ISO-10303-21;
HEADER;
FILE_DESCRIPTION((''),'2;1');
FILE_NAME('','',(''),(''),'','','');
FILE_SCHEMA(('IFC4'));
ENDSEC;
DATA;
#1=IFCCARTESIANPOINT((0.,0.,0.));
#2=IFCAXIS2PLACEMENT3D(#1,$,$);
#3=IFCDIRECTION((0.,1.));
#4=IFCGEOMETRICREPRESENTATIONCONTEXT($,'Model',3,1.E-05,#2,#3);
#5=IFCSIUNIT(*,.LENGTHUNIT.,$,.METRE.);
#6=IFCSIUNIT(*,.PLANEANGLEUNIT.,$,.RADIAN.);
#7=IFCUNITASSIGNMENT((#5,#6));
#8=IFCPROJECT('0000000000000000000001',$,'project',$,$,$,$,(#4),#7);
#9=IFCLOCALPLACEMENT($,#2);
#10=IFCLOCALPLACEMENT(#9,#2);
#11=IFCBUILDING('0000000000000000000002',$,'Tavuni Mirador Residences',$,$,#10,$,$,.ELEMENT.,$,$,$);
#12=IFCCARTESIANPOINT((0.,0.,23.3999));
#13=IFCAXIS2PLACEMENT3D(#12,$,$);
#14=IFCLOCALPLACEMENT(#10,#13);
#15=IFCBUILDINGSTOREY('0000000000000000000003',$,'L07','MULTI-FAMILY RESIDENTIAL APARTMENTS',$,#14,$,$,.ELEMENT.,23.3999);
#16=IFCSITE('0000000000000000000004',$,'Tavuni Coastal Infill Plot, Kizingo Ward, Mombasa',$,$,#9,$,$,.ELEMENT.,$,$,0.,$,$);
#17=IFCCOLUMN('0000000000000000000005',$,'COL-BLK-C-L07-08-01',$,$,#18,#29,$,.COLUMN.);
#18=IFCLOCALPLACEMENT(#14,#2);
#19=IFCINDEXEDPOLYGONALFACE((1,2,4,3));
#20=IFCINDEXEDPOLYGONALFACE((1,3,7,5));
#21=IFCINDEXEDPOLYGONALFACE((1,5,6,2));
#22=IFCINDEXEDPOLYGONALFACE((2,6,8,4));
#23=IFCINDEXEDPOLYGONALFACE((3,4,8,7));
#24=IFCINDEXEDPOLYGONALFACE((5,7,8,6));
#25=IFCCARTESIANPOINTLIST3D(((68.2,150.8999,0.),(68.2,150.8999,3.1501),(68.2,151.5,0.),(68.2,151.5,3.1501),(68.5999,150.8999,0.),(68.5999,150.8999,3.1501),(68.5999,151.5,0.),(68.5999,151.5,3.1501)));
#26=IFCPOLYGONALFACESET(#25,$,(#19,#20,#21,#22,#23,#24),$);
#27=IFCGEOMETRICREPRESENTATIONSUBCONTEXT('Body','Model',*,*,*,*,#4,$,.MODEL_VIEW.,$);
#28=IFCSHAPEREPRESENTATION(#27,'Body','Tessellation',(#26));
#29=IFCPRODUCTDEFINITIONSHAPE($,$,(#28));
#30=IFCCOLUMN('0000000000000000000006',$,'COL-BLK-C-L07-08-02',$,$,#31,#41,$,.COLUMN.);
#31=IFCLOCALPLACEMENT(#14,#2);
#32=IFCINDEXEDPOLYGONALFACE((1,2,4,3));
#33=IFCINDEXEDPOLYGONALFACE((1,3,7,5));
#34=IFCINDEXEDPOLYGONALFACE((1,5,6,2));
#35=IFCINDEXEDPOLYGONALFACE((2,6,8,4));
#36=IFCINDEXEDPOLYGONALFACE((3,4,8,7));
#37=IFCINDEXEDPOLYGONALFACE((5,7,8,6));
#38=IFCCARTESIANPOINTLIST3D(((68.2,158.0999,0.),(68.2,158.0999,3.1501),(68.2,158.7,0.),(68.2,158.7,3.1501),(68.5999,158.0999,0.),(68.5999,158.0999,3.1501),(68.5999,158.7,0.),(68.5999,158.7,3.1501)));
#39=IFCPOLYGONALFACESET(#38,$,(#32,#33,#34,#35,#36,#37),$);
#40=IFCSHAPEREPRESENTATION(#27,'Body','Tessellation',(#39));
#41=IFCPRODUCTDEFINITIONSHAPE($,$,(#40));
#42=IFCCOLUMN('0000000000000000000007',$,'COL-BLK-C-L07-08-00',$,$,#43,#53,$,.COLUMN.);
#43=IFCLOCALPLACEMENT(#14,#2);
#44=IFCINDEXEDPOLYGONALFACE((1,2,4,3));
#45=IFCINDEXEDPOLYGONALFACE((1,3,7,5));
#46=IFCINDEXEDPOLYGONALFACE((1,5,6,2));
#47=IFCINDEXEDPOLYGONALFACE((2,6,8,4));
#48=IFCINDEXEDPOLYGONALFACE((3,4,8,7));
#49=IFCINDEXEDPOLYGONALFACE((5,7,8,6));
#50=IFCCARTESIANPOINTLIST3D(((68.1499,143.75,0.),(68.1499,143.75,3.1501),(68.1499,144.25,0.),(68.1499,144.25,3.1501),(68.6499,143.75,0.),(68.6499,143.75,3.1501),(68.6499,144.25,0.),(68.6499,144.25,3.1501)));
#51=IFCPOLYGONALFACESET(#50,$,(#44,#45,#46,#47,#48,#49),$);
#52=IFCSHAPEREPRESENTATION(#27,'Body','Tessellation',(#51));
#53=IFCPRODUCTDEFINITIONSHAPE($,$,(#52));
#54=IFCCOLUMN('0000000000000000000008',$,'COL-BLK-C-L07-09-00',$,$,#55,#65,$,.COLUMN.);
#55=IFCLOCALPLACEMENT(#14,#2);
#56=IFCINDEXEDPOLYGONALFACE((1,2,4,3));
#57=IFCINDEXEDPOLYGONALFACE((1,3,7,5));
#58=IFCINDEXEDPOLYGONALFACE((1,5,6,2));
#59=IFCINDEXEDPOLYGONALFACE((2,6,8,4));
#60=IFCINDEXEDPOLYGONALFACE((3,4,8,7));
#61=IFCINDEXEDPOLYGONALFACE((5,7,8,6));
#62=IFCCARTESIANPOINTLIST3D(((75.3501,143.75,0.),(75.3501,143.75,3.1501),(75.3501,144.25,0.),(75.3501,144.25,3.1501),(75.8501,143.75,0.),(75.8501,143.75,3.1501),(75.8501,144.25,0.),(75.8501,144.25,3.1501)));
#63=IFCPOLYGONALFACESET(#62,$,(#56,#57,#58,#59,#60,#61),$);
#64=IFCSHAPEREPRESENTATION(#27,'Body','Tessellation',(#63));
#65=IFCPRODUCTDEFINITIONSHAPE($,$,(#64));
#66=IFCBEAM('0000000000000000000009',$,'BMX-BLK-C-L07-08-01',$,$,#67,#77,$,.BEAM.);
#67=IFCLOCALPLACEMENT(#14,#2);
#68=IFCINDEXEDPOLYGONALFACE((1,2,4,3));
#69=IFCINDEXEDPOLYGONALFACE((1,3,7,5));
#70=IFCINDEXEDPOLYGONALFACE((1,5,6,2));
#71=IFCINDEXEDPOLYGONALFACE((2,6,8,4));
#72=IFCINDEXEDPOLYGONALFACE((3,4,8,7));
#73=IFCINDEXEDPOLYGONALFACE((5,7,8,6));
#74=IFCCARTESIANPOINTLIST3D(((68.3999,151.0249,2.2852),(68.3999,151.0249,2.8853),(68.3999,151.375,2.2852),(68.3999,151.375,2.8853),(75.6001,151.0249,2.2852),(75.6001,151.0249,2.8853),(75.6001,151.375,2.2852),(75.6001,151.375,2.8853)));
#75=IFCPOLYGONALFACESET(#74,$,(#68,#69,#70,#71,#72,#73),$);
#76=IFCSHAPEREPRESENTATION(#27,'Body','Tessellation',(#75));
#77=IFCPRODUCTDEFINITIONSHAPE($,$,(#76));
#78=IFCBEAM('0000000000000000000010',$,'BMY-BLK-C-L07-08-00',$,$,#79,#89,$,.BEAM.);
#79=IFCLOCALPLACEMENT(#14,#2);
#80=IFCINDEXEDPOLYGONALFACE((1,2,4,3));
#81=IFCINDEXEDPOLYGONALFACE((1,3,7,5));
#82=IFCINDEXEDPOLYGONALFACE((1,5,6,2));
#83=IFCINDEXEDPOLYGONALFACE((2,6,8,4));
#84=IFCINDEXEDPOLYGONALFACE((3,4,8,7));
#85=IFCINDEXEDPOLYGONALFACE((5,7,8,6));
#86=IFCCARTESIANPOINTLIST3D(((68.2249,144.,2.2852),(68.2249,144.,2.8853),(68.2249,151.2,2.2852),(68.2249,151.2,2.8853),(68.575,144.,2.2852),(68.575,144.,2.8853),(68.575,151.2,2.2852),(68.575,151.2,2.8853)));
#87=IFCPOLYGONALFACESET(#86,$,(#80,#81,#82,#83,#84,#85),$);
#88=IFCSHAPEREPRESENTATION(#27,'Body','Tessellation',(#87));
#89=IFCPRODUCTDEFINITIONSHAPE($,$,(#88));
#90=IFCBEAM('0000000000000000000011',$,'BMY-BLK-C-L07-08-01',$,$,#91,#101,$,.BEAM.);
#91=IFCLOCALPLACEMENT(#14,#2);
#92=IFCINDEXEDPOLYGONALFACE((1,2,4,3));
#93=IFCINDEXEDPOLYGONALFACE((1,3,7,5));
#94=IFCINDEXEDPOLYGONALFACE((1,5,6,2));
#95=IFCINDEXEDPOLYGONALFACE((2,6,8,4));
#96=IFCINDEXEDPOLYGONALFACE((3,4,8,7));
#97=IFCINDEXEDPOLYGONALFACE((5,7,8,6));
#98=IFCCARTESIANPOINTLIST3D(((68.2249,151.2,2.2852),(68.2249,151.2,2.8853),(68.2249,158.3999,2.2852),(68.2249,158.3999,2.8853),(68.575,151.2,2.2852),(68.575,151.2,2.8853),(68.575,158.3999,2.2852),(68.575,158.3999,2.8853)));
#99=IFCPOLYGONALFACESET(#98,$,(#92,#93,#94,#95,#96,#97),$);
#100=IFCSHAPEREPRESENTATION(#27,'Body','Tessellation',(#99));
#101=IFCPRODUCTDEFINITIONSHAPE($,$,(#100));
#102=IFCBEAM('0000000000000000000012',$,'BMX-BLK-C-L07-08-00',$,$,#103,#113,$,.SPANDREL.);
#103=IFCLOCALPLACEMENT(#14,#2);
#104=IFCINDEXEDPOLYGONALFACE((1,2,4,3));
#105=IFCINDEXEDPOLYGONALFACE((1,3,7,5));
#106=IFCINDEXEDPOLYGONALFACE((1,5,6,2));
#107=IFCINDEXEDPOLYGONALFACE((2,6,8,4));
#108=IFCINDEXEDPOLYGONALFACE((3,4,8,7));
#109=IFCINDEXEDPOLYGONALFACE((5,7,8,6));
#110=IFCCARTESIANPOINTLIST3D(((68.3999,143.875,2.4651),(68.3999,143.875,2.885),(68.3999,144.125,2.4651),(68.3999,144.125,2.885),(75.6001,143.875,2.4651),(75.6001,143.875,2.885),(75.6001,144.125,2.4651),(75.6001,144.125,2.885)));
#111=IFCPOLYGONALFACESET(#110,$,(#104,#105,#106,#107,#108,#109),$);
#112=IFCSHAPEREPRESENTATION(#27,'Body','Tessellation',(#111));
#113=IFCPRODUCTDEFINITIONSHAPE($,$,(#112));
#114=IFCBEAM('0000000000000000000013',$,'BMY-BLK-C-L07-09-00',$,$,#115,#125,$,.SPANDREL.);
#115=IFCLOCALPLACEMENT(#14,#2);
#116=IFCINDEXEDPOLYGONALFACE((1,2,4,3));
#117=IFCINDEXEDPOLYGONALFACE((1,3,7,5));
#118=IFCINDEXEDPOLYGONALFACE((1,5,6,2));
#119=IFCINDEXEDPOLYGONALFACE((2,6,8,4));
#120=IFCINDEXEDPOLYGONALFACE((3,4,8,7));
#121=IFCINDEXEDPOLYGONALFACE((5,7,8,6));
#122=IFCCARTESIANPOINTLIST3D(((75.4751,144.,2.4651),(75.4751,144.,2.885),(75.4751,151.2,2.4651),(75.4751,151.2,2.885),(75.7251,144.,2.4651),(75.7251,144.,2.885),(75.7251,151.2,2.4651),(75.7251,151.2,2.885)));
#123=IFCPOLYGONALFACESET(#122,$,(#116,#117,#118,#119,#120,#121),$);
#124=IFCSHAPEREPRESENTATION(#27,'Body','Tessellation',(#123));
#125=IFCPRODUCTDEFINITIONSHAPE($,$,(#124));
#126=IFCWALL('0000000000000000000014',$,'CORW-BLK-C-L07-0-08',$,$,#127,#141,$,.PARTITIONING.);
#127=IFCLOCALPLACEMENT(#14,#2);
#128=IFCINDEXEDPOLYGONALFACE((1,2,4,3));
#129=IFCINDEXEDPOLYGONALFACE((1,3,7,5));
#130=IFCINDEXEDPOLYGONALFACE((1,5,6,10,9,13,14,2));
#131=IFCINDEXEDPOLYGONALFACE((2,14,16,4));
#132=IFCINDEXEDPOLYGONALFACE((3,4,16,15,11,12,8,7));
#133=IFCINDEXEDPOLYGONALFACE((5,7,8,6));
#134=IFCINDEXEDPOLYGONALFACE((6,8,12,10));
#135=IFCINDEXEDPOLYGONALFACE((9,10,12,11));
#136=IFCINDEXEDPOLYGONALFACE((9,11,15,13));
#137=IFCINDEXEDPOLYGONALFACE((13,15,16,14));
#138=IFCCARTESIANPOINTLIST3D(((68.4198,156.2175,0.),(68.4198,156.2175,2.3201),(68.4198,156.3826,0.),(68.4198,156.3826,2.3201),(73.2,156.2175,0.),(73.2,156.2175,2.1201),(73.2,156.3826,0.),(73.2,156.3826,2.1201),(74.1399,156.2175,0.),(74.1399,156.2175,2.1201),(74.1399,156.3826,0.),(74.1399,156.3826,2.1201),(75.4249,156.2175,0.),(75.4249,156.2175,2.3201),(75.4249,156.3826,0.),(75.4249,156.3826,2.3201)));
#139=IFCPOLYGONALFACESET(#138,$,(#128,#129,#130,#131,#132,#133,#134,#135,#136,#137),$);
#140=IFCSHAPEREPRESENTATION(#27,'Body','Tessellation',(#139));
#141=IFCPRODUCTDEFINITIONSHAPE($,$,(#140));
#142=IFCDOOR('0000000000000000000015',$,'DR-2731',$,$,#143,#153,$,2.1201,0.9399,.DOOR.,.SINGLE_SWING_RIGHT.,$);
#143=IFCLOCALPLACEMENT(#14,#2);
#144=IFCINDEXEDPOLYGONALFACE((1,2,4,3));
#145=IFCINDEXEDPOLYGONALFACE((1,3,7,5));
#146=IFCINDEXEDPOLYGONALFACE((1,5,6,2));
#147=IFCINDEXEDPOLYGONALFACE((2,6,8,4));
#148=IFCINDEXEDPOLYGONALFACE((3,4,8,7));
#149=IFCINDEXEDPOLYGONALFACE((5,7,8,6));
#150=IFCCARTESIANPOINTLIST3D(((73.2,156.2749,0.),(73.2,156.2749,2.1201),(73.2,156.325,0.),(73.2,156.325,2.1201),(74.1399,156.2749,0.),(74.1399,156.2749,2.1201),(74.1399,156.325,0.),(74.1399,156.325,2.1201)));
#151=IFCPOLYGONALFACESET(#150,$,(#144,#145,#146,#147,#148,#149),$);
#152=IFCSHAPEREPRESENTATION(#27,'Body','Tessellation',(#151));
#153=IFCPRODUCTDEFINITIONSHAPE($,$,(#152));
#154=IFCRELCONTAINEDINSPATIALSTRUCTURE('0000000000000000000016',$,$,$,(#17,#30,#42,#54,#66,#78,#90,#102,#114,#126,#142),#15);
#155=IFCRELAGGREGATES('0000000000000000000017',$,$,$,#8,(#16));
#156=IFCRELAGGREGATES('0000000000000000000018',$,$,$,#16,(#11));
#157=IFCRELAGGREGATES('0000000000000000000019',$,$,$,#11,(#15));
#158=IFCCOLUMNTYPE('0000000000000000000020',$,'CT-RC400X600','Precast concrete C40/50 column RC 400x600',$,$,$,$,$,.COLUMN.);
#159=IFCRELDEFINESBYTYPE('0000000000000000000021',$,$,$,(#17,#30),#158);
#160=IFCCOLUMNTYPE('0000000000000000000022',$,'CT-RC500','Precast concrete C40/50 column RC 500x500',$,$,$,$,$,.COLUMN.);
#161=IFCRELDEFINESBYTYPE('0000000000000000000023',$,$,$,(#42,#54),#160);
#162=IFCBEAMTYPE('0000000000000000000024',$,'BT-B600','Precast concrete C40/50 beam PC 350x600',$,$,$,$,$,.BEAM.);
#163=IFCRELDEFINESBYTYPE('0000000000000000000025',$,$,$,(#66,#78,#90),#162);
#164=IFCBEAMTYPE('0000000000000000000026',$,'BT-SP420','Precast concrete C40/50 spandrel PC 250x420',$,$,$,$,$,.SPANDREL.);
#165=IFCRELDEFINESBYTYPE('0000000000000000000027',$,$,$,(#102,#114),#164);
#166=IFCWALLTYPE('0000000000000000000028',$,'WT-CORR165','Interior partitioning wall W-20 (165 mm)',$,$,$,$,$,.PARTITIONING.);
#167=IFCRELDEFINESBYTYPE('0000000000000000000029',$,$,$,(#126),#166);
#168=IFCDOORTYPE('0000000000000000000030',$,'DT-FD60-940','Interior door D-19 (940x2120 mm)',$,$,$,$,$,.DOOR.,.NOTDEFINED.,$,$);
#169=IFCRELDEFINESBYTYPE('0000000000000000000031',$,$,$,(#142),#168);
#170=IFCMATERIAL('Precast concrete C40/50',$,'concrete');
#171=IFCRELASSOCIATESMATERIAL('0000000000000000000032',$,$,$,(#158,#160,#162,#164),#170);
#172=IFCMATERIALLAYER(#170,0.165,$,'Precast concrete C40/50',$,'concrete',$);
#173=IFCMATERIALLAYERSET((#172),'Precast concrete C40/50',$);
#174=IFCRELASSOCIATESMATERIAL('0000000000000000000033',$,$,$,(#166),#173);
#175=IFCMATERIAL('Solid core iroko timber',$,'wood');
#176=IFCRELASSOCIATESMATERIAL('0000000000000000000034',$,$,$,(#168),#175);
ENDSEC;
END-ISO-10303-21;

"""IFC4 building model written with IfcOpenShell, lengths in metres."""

from ifc_helpers import new_model, si_unit, direction, frame, frame_2d, origin, origin_2d, place, context, subcontext, project, spatial, rectangle, extrude, material, layer, layer_set, material_profile, profile_set, type_object, element, fill, save


model = new_model("IFC4")

# Units and contexts
model_context = context("Model", 3, precision=1e-05, world=origin(), true_north=direction((0.0, 1.0)))
body_context = subcontext(model_context, "Body", "Model", "MODEL_VIEW")
ifc_project = project(units=[si_unit("LENGTHUNIT", "METRE"), si_unit("PLANEANGLEUNIT", "RADIAN")], contexts=[model_context])

# Site, building, storey
site_placement = place(None, origin())
site = spatial("IfcSite", under=ifc_project, at=site_placement, Name="Tavuni Coastal Infill Plot, Kizingo Ward, Mombasa", CompositionType="ELEMENT", RefElevation=0.0)
building_placement = place(site_placement, origin())
building = spatial("IfcBuilding", under=site, at=building_placement, Name="Tavuni Mirador Residences", CompositionType="ELEMENT")
storey_placement = place(building_placement, frame((0.0, 0.0, 23.3999)))
storey = spatial("IfcBuildingStorey", under=building, at=storey_placement, Name="L07", Description="MULTI-FAMILY RESIDENTIAL APARTMENTS", CompositionType="ELEMENT", Elevation=23.3999)

# Columns
ifc_material_1 = material(Name="Precast concrete C40/50", Category="concrete")
ifc_material_profile_1 = material_profile(ifc_material_1, rectangle(XDim=0.3999, YDim=0.6001, at=origin_2d()), Name="RC 400x600", Category="concrete")
ifc_profile_set_1 = profile_set([ifc_material_profile_1], Name="Precast concrete C40/50")
column_type_1 = type_object("IfcColumnType", Name="CT-RC400X600", Description="Precast concrete C40/50 column RC 400x600", PredefinedType="COLUMN", material=ifc_profile_set_1)
for number, where, z_axis, x_axis, name in (
    (1, (68.3999, 151.2, 0.0), (0.0, 0.0, 1.0), (1.0, 0.0, 0.0), "COL-BLK-C-L07-08-01"),
    (2, (68.3999, 158.3999, 0.0), (0.0, 0.0, 1.0), (1.0, 0.0, 0.0), "COL-BLK-C-L07-08-02"),
):
    element("IfcColumn", number, at=place(storey_placement, frame(where, z_axis=z_axis, x_axis=x_axis)), inside=storey, type_object=column_type_1, Name=name, PredefinedType="COLUMN", context=body_context, shape_type="SweptSolid", body=[
        extrude(rectangle(XDim=0.3999, YDim=0.6001, at=origin_2d()), origin(), (0.0, 0.0, 1.0), 3.1501),
    ])
ifc_material_profile_2 = material_profile(ifc_material_1, rectangle(XDim=0.5, YDim=0.5, at=origin_2d()), Name="RC 500x500", Category="concrete")
ifc_profile_set_2 = profile_set([ifc_material_profile_2], Name="Precast concrete C40/50")
column_type_2 = type_object("IfcColumnType", Name="CT-RC500", Description="Precast concrete C40/50 column RC 500x500", PredefinedType="COLUMN", material=ifc_profile_set_2)
for number, where, z_axis, x_axis, name in (
    (3, (68.3999, 144.0, 0.0), (0.0, 0.0, 1.0), (1.0, 0.0, 0.0), "COL-BLK-C-L07-08-00"),
    (4, (75.6001, 144.0, 0.0), (0.0, 0.0, 1.0), (1.0, 0.0, 0.0), "COL-BLK-C-L07-09-00"),
):
    element("IfcColumn", number, at=place(storey_placement, frame(where, z_axis=z_axis, x_axis=x_axis)), inside=storey, type_object=column_type_2, Name=name, PredefinedType="COLUMN", context=body_context, shape_type="SweptSolid", body=[
        extrude(rectangle(XDim=0.5, YDim=0.5, at=origin_2d()), origin(), (0.0, 0.0, 1.0), 3.1501),
    ])

# Beams
ifc_material_profile_3 = material_profile(ifc_material_1, rectangle(XDim=0.3501, YDim=0.6001, at=origin_2d()), Name="PC 350x600", Category="concrete")
ifc_profile_set_3 = profile_set([ifc_material_profile_3], Name="Precast concrete C40/50")
beam_type_1 = type_object("IfcBeamType", Name="BT-B600", Description="Precast concrete C40/50 beam PC 350x600", PredefinedType="BEAM", material=ifc_profile_set_3)
beam_1_placement = place(storey_placement, frame((68.3999, 151.2, 2.5852), z_axis=(1.0, 0.0, 0.0), x_axis=(0.0, 1.0, 0.0)))
element("IfcBeam", 5, at=beam_1_placement, inside=storey, type_object=beam_type_1, Name="BMX-BLK-C-L07-08-01", PredefinedType="BEAM", context=body_context, shape_type="SweptSolid", body=[
    extrude(rectangle(XDim=0.3501, YDim=0.6001, at=origin_2d()), origin(), (0.0, 0.0, 1.0), 7.2002),
])
for number, where, z_axis, x_axis, name in (
    (6, (68.3999, 144.0, 2.5852), (0.0, 1.0, 0.0), (-1.0, 0.0, 0.0), "BMY-BLK-C-L07-08-00"),
    (7, (68.3999, 151.2, 2.5852), (0.0, 1.0, 0.0), (-1.0, 0.0, 0.0), "BMY-BLK-C-L07-08-01"),
):
    element("IfcBeam", number, at=place(storey_placement, frame(where, z_axis=z_axis, x_axis=x_axis)), inside=storey, type_object=beam_type_1, Name=name, PredefinedType="BEAM", context=body_context, shape_type="SweptSolid", body=[
        extrude(rectangle(XDim=0.3501, YDim=0.6001, at=origin_2d()), origin(), (0.0, 0.0, 1.0), 7.2),
    ])
ifc_material_profile_4 = material_profile(ifc_material_1, rectangle(XDim=0.25, YDim=0.4199, at=origin_2d()), Name="PC 250x420", Category="concrete")
ifc_profile_set_4 = profile_set([ifc_material_profile_4], Name="Precast concrete C40/50")
beam_type_2 = type_object("IfcBeamType", Name="BT-SP420", Description="Precast concrete C40/50 spandrel PC 250x420", PredefinedType="SPANDREL", material=ifc_profile_set_4)
beam_2_placement = place(storey_placement, frame((68.3999, 144.0, 2.675), z_axis=(1.0, 0.0, 0.0), x_axis=(0.0, 1.0, 0.0)))
element("IfcBeam", 8, at=beam_2_placement, inside=storey, type_object=beam_type_2, Name="BMX-BLK-C-L07-08-00", PredefinedType="SPANDREL", context=body_context, shape_type="SweptSolid", body=[
    extrude(rectangle(XDim=0.25, YDim=0.4199, at=origin_2d()), origin(), (0.0, 0.0, 1.0), 7.2002),
])
beam_3_placement = place(storey_placement, frame((75.6001, 144.0, 2.675), z_axis=(0.0, 1.0, 0.0), x_axis=(-1.0, 0.0, 0.0)))
element("IfcBeam", 9, at=beam_3_placement, inside=storey, type_object=beam_type_2, Name="BMY-BLK-C-L07-09-00", PredefinedType="SPANDREL", context=body_context, shape_type="SweptSolid", body=[
    extrude(rectangle(XDim=0.25, YDim=0.4199, at=origin_2d()), origin(), (0.0, 0.0, 1.0), 7.2),
])

# Wall, opening, door
ifc_layer_1 = layer(ifc_material_1, 0.165, Name="Precast concrete C40/50", Category="concrete")
ifc_layer_set_1 = layer_set([ifc_layer_1], Name="Precast concrete C40/50")
wall_type_1 = type_object("IfcWallType", Name="WT-CORR165", Description="Interior partitioning wall W-20 (165 mm)", PredefinedType="PARTITIONING", material=ifc_layer_set_1)
wall_1_placement = place(storey_placement, frame((68.4199, 156.3, 0.0), z_axis=(0.0, 0.0, 1.0), x_axis=(1.0, 0.0, 0.0)))
wall_1 = element("IfcWall", 10, at=wall_1_placement, inside=storey, type_object=wall_type_1, Name="CORW-BLK-C-L07-0-08", PredefinedType="PARTITIONING", context=body_context, shape_type="SweptSolid", body=[
    extrude(rectangle(XDim=7.0051, YDim=0.165, at=frame_2d((3.5024, 0.0))), origin(), (0.0, 0.0, 1.0), 2.3201),
])
opening_1_placement = place(wall_1_placement, frame((4.78, 0.0, 0.0)))
opening_1 = element("IfcOpeningElement", 11, at=opening_1_placement, cuts=wall_1, PredefinedType="OPENING", context=body_context, shape_type="SweptSolid", body=[
    extrude(rectangle(XDim=0.9399, YDim=2.1201, at=frame_2d((0.47, 1.0601))), frame((0.0, 0.0925, 0.0), z_axis=(0.0, -1.0, 0.0), x_axis=(1.0, 0.0, 0.0)), (0.0, 0.0, 1.0), 0.1851),
])
ifc_material_2 = material(Name="Solid core iroko timber", Category="wood")
door_type_1 = type_object("IfcDoorType", Name="DT-FD60-940", Description="Interior door D-19 (940x2120 mm)", OperationType="NOTDEFINED", PredefinedType="DOOR", material=ifc_material_2)
door_1_placement = place(opening_1_placement, origin())
door_1 = element("IfcDoor", 12, at=door_1_placement, inside=storey, type_object=door_type_1, Name="DR-2731", OperationType="SINGLE_SWING_RIGHT", OverallHeight=2.1201, OverallWidth=0.9399, PredefinedType="DOOR", context=body_context, shape_type="SweptSolid", body=[
    extrude(rectangle(XDim=0.9399, YDim=2.1201, at=frame_2d((0.47, 1.0601))), frame((0.0, 0.0249, 0.0), z_axis=(0.0, -1.0, 0.0), x_axis=(1.0, 0.0, 0.0)), (0.0, 0.0, 1.0), 0.05),
])
fill(opening_1, door_1)

save(model, "model.ifc")
